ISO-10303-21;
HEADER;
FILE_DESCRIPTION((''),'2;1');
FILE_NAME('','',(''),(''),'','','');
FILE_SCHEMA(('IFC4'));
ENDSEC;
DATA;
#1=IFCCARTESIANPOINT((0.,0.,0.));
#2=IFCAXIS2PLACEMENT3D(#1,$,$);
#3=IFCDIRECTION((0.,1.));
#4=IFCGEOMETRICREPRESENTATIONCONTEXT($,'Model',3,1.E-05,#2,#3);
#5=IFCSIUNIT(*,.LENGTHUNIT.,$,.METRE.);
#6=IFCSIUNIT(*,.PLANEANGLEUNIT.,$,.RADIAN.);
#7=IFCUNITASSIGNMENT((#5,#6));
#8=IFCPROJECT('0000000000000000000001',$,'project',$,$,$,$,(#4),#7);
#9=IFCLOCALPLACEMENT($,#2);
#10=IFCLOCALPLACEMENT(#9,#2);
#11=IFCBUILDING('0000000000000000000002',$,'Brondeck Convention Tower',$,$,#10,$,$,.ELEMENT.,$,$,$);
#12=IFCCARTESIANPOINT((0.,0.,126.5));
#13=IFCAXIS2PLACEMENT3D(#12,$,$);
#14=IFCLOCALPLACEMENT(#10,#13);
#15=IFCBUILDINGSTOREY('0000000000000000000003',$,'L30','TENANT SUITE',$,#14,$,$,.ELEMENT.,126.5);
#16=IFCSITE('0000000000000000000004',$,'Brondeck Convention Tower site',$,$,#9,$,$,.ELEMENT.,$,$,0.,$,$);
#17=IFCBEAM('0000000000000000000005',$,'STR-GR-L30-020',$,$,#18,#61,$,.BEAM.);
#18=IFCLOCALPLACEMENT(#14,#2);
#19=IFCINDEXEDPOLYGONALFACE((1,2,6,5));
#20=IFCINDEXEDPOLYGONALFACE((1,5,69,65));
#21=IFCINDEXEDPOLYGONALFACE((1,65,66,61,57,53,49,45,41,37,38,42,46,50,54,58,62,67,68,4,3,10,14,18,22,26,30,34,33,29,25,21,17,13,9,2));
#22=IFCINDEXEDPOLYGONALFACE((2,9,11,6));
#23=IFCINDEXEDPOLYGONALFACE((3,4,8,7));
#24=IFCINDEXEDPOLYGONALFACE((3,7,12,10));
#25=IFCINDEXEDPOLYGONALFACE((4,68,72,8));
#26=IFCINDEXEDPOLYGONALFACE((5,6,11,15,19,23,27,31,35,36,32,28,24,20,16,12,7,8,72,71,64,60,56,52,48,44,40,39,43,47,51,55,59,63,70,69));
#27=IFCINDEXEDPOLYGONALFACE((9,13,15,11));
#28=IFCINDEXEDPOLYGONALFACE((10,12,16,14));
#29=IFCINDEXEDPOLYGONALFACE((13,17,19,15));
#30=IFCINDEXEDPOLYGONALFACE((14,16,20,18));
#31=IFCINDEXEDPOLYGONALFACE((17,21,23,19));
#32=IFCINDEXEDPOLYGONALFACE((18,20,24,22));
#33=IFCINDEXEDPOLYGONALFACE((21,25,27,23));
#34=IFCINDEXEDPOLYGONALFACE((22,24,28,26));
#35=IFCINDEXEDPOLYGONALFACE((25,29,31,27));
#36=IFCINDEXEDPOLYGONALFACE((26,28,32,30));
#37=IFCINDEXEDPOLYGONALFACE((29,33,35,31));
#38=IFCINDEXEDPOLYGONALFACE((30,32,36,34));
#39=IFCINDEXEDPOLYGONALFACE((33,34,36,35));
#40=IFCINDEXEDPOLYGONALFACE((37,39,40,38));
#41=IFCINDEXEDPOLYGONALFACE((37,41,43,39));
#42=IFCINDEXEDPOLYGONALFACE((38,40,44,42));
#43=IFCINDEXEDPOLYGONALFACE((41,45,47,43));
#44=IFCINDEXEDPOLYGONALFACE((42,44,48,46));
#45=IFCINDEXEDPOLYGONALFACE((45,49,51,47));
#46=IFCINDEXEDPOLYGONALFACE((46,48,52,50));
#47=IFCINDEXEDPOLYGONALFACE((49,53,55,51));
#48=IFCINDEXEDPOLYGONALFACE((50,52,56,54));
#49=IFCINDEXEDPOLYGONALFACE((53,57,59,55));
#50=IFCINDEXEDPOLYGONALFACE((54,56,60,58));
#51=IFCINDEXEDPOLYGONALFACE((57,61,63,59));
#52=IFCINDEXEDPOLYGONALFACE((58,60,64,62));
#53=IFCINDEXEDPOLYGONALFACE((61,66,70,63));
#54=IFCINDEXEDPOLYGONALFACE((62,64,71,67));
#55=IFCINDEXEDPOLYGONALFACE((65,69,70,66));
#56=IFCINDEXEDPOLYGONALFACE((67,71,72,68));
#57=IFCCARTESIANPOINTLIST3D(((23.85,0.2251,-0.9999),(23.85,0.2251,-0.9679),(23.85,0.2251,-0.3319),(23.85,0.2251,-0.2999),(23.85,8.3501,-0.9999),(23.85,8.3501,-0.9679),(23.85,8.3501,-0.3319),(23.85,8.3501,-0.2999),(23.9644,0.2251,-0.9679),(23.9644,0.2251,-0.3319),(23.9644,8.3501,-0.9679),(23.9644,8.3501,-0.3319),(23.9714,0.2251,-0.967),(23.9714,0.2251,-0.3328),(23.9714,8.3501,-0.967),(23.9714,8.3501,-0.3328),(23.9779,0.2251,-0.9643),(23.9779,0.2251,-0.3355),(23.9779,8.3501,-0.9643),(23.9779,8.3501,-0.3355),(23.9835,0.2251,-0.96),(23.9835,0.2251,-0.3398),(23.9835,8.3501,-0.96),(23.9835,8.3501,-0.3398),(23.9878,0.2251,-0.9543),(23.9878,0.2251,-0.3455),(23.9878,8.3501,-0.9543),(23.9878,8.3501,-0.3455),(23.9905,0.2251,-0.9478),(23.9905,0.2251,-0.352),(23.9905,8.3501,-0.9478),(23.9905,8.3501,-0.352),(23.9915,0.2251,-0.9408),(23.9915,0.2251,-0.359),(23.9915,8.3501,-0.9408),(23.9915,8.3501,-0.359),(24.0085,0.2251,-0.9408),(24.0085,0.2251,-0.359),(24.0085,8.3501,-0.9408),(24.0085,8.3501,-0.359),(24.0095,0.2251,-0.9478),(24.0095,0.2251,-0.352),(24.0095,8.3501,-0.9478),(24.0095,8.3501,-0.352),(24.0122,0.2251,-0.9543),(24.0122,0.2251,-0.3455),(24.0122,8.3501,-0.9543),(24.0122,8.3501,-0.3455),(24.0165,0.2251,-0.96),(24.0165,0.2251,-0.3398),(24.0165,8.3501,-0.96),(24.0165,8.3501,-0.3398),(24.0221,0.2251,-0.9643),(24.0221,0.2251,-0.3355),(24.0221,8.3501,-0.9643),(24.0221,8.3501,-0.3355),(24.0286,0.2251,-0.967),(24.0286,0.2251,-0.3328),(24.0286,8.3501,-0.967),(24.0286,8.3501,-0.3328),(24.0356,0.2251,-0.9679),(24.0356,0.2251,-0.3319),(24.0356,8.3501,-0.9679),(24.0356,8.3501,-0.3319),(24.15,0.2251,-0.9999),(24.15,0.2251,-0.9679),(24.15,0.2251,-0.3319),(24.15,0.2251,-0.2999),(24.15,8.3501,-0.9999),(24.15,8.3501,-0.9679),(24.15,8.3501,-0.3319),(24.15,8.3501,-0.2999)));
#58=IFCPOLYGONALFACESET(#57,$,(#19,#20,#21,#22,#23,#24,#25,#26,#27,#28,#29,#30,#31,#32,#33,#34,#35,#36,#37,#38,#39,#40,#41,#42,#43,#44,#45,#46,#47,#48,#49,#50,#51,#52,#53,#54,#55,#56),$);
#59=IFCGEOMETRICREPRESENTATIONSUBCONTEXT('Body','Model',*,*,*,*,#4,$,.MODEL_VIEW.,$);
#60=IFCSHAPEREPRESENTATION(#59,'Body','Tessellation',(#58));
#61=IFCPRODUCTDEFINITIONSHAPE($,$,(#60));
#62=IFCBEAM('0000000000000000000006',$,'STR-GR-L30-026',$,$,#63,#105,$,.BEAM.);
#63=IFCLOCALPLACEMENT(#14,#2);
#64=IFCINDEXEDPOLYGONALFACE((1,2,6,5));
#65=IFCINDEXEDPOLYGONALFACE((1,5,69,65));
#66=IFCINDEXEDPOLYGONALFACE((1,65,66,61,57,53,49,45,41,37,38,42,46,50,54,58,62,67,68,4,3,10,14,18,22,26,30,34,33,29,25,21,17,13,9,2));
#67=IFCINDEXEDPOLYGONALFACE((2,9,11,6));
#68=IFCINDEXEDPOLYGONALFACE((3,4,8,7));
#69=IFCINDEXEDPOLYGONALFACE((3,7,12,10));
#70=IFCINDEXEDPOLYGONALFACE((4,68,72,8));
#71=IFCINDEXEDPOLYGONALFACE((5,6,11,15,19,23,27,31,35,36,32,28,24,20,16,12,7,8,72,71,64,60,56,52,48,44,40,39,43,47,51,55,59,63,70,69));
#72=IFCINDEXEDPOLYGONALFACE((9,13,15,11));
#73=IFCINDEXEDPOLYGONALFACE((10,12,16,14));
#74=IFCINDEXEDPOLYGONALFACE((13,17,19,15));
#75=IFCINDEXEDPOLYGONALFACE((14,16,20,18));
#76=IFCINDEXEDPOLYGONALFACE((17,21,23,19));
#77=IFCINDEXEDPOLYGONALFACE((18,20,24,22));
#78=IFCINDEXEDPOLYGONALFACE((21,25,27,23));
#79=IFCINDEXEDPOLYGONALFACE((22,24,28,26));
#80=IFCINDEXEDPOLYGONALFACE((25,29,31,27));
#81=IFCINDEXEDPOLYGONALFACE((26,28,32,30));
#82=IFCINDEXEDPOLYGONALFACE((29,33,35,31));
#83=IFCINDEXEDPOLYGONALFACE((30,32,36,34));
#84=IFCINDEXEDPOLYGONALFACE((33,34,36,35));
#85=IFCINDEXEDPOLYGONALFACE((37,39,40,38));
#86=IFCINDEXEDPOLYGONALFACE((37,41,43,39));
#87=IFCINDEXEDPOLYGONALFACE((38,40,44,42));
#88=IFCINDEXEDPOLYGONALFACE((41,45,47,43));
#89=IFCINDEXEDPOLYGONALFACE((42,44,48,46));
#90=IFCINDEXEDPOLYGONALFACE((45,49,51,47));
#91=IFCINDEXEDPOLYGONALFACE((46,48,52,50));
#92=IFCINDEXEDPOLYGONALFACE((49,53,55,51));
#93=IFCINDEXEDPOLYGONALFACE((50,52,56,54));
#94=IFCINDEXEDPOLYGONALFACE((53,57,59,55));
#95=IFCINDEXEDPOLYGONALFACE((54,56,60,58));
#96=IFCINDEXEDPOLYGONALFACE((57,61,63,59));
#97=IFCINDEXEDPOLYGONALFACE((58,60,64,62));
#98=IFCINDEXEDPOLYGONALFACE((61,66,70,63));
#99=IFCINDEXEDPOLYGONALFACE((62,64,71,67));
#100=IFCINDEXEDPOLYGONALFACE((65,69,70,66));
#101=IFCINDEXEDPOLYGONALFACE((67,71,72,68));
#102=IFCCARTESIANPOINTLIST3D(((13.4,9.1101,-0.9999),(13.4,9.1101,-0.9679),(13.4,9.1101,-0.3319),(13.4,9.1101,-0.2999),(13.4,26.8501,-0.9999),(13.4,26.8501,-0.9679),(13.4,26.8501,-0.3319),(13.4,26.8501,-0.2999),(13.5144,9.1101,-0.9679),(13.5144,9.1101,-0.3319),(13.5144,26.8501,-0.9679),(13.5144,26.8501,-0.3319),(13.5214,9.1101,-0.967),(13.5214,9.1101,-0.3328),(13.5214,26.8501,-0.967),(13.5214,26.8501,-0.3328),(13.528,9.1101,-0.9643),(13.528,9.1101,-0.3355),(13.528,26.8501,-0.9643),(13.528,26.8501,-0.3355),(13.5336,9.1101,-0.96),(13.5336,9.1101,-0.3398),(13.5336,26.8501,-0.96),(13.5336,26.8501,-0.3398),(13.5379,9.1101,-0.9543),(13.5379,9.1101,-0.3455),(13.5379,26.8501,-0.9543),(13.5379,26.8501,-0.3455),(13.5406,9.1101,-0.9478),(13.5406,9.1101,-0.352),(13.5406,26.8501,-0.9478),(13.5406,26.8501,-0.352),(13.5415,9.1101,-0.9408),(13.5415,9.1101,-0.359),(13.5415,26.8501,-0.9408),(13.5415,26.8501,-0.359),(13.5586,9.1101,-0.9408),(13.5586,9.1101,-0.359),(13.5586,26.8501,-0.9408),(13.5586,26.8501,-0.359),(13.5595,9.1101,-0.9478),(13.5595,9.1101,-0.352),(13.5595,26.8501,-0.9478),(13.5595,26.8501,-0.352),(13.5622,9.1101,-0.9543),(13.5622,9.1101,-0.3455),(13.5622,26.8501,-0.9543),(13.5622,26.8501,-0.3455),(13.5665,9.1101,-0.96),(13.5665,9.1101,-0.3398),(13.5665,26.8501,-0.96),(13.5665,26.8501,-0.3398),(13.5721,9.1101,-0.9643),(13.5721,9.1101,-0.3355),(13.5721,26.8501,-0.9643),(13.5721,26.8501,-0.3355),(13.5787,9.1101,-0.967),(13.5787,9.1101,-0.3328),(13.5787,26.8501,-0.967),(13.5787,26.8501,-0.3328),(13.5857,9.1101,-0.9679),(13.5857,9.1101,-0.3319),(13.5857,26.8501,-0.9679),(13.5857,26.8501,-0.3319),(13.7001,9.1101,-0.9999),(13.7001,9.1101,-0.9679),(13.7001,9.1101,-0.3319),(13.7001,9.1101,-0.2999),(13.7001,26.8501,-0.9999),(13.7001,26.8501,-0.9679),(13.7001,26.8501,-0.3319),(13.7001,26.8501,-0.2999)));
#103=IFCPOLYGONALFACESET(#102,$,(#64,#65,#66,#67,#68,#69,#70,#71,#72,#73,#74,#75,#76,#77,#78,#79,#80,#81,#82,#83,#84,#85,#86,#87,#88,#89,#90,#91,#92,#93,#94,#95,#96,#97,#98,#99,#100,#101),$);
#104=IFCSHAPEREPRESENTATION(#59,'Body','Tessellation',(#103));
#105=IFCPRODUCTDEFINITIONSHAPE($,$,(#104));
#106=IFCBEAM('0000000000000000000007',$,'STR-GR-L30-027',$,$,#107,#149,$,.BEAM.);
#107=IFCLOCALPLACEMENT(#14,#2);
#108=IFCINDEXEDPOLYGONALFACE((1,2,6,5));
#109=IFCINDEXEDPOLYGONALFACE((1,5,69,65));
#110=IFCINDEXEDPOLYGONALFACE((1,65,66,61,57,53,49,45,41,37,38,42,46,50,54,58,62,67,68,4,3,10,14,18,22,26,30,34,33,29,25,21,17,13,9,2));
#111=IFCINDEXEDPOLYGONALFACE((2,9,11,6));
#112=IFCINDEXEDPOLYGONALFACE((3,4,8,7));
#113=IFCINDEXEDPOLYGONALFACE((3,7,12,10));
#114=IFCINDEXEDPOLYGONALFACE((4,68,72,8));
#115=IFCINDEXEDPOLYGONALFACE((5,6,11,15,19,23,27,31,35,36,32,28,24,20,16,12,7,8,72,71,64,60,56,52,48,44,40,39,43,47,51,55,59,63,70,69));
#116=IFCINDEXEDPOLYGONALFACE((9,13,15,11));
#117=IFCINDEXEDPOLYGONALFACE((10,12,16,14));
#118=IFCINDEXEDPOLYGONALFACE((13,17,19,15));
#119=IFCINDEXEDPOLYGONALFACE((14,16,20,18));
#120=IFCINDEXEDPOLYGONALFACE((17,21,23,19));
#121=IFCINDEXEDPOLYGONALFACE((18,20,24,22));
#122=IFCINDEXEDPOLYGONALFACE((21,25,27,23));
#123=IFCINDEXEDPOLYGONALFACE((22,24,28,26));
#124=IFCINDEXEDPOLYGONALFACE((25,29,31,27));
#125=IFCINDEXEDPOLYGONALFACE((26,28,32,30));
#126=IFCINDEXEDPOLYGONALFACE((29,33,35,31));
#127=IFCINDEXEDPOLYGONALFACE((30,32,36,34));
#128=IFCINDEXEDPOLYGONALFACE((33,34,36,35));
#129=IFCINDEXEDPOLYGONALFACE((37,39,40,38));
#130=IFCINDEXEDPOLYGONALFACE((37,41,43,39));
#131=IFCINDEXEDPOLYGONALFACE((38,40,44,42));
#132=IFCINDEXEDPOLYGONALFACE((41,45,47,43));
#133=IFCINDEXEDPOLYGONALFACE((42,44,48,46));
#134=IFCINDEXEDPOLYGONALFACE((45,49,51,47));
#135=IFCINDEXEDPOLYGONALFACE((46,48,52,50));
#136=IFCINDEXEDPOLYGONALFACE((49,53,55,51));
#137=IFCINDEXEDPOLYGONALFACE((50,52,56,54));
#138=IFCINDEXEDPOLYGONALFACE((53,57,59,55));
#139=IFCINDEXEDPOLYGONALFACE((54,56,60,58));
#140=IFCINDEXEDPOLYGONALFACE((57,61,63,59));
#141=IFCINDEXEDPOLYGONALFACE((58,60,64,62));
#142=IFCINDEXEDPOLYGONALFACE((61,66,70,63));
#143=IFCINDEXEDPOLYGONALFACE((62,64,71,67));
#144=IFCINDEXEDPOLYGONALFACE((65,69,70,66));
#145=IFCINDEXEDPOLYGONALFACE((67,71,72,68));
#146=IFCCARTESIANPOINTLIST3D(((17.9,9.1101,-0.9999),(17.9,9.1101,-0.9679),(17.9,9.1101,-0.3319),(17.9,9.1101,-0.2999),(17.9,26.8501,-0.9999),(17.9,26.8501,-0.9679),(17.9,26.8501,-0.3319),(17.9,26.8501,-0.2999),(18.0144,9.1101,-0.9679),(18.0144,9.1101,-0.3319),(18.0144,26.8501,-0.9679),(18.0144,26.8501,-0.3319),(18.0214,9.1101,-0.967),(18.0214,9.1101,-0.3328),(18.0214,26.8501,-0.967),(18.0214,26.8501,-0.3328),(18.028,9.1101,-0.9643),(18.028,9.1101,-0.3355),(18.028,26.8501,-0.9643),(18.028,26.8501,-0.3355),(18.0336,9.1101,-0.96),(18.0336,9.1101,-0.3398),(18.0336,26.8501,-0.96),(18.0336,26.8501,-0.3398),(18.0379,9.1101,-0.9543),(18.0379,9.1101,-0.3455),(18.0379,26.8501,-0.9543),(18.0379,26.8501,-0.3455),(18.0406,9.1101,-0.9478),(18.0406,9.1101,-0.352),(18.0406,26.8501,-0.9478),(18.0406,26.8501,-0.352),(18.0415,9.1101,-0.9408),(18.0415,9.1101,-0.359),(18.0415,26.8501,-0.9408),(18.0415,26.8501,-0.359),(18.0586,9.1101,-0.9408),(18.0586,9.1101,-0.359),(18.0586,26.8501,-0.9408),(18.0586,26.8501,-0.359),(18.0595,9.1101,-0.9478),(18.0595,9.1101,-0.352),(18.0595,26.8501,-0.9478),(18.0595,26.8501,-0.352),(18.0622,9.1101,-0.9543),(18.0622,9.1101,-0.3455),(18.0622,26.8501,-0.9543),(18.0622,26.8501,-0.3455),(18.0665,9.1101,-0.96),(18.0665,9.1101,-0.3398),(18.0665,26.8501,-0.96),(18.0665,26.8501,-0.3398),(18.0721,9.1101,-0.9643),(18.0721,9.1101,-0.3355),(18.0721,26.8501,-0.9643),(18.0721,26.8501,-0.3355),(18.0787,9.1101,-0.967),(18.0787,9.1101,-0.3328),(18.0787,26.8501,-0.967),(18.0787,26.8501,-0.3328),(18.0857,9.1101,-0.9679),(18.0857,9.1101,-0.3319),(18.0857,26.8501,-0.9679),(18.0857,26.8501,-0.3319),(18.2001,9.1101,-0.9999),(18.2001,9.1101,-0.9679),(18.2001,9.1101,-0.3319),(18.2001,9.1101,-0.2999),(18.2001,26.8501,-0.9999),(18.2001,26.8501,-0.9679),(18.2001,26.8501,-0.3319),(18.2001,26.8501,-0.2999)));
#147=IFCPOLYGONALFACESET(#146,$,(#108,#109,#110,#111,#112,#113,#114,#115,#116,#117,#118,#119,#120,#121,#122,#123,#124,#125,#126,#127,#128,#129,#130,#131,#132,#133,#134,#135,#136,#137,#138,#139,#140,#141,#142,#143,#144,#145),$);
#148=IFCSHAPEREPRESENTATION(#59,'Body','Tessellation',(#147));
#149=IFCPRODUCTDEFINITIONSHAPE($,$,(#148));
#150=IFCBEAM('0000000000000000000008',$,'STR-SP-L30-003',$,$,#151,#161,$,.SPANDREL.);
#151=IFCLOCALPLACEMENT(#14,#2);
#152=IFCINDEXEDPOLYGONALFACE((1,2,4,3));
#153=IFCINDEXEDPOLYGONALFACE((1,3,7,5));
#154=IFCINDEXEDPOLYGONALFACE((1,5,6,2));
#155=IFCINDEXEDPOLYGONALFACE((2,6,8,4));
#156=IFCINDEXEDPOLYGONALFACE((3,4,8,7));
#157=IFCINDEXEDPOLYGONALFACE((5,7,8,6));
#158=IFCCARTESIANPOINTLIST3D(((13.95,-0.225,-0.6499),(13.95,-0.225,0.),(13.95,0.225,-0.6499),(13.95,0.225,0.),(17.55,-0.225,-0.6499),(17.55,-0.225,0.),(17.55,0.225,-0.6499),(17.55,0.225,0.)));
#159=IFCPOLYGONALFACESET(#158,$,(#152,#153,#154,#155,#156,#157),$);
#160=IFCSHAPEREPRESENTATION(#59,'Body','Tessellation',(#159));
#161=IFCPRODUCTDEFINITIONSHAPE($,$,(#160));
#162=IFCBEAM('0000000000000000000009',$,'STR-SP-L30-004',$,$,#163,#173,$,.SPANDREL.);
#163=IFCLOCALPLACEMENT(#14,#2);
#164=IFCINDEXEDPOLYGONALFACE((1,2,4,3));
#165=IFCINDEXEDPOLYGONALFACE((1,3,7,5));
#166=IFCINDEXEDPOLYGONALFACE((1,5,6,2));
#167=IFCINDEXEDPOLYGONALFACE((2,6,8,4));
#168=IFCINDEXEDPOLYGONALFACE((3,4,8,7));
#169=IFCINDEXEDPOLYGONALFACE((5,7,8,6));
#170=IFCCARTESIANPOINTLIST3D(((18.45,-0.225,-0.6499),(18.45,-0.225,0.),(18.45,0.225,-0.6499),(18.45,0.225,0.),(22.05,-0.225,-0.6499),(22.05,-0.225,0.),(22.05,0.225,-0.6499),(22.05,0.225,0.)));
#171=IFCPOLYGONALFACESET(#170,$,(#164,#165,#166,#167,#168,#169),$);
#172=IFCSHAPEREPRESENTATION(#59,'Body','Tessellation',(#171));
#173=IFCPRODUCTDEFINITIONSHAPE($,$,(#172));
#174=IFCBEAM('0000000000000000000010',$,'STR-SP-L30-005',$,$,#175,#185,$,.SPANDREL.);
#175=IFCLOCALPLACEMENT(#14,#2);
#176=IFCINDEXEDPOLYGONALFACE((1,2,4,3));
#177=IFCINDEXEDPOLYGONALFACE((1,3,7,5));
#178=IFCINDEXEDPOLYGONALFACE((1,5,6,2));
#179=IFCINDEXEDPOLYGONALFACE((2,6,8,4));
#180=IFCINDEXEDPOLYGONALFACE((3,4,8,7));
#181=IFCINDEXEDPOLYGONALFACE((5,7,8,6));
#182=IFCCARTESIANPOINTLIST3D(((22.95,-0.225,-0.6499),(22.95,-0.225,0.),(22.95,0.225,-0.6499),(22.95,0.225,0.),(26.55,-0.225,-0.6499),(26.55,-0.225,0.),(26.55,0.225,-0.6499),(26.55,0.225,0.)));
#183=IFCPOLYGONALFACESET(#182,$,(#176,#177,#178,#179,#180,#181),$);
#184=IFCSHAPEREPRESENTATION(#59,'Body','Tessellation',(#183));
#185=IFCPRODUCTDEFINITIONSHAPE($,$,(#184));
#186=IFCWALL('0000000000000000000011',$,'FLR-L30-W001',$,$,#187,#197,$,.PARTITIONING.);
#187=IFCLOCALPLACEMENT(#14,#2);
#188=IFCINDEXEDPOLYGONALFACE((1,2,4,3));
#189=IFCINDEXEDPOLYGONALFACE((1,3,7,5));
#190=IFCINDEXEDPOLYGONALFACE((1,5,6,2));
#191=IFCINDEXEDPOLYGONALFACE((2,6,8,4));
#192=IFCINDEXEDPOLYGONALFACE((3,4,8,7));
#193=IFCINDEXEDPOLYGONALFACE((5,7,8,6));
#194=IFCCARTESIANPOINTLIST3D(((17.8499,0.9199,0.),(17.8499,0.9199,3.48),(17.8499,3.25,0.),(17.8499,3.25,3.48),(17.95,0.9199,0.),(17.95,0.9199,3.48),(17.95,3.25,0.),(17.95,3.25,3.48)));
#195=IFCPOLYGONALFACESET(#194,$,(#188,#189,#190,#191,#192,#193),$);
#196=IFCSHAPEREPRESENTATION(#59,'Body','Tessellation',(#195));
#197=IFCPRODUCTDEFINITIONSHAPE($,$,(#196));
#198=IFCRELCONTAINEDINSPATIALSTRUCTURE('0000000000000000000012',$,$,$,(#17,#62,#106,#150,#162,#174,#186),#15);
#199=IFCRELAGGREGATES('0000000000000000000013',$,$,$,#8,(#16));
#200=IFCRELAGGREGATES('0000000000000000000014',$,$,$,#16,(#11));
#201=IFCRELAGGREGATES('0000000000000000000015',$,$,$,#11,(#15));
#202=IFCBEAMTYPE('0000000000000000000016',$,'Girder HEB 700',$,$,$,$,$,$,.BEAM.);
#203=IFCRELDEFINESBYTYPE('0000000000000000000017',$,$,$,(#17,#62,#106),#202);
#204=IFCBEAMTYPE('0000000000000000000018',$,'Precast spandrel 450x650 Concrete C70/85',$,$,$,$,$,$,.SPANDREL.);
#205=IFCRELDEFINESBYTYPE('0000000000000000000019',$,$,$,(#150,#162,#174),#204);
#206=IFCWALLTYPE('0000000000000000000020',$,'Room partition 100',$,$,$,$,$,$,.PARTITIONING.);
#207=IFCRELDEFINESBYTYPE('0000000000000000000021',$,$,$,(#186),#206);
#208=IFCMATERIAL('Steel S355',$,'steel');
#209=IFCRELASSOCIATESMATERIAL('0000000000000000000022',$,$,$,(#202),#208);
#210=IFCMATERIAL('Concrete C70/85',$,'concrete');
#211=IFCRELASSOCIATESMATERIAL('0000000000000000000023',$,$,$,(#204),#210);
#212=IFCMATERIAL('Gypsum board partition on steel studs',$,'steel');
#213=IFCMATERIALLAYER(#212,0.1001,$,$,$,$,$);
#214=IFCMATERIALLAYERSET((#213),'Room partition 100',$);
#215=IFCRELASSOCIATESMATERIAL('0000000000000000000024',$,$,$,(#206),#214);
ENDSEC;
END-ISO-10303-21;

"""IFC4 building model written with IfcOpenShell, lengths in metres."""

from ifc_helpers import new_model, si_unit, direction, frame, frame_2d, origin, origin_2d, place, context, subcontext, project, spatial, rectangle, i_section, extrude, material, layer, layer_set, material_profile, profile_set, type_object, element, save


model = new_model("IFC4")

# Units and contexts
model_context = context("Model", 3, precision=1e-05, world=origin(), true_north=direction((0.0, 1.0)))
body_context = subcontext(model_context, "Body", "Model", "MODEL_VIEW")
ifc_project = project(units=[si_unit("LENGTHUNIT", "METRE"), si_unit("PLANEANGLEUNIT", "RADIAN")], contexts=[model_context])

# Site, building, storey
site_placement = place(None, origin())
site = spatial("IfcSite", under=ifc_project, at=site_placement, Name="Brondeck Convention Tower site", CompositionType="ELEMENT", RefElevation=0.0)
building_placement = place(site_placement, origin())
building = spatial("IfcBuilding", under=site, at=building_placement, Name="Brondeck Convention Tower", CompositionType="ELEMENT")
storey_placement = place(building_placement, frame((0.0, 0.0, 126.5)))
storey = spatial("IfcBuildingStorey", under=building, at=storey_placement, Name="L30", Description="TENANT SUITE", CompositionType="ELEMENT", Elevation=126.5)

# Shared definitions
ifc_material_1 = material(Name="Concrete C70/85", Category="concrete")

# Beams
ifc_material_2 = material(Name="Steel S355", Category="steel")
ifc_material_profile_1 = material_profile(ifc_material_2, i_section(OverallWidth=0.3, OverallDepth=0.7, WebThickness=0.0171, FlangeThickness=0.032, FilletRadius=0.0271, at=origin_2d()), Name="HEB 700")
ifc_profile_set_1 = profile_set([ifc_material_profile_1], Name="Steel S355")
beam_type_1 = type_object("IfcBeamType", Name="Girder HEB 700", PredefinedType="BEAM", material=ifc_profile_set_1)
for number, where, z_axis, x_axis, name in (
    (1, (24.0, 8.3501, -0.6499), (0.0, -1.0, 0.0), (1.0, 0.0, 0.0), "STR-GR-L30-020"),
):
    element("IfcBeam", number, at=place(storey_placement, frame(where, z_axis=z_axis, x_axis=x_axis)), inside=storey, type_object=beam_type_1, Name=name, PredefinedType="BEAM", context=body_context, shape_type="SweptSolid", body=[
        extrude(i_section(OverallWidth=0.3, OverallDepth=0.7, WebThickness=0.0171, FlangeThickness=0.032, FilletRadius=0.0271, at=origin_2d()), origin(), (0.0, 0.0, 1.0), 8.125),
    ])
for number, where, z_axis, x_axis, name in (
    (2, (13.55, 9.1101, -0.6499), (0.0, 1.0, 0.0), (-1.0, 0.0, 0.0), "STR-GR-L30-026"),
    (3, (18.05, 9.1101, -0.6499), (0.0, 1.0, 0.0), (-1.0, 0.0, 0.0), "STR-GR-L30-027"),
):
    element("IfcBeam", number, at=place(storey_placement, frame(where, z_axis=z_axis, x_axis=x_axis)), inside=storey, type_object=beam_type_1, Name=name, PredefinedType="BEAM", context=body_context, shape_type="SweptSolid", body=[
        extrude(i_section(OverallWidth=0.3, OverallDepth=0.7, WebThickness=0.0171, FlangeThickness=0.032, FilletRadius=0.0271, at=origin_2d()), origin(), (0.0, 0.0, 1.0), 17.74),
    ])
ifc_material_profile_2 = material_profile(ifc_material_1, rectangle(XDim=0.45, YDim=0.6499, at=origin_2d()), Name="Precast spandrel 450x650 Concrete C70/85")
ifc_profile_set_2 = profile_set([ifc_material_profile_2], Name="Concrete C70/85")
beam_type_2 = type_object("IfcBeamType", Name="Precast spandrel 450x650 Concrete C70/85", PredefinedType="SPANDREL", material=ifc_profile_set_2)
for number, where, z_axis, x_axis, name in (
    (4, (13.95, 0.0, -0.325), (1.0, 0.0, 0.0), (0.0, 1.0, 0.0), "STR-SP-L30-003"),
    (5, (18.45, 0.0, -0.325), (1.0, 0.0, 0.0), (0.0, 1.0, 0.0), "STR-SP-L30-004"),
    (6, (22.95, 0.0, -0.325), (1.0, 0.0, 0.0), (0.0, 1.0, 0.0), "STR-SP-L30-005"),
):
    element("IfcBeam", number, at=place(storey_placement, frame(where, z_axis=z_axis, x_axis=x_axis)), inside=storey, type_object=beam_type_2, Name=name, PredefinedType="SPANDREL", context=body_context, shape_type="SweptSolid", body=[
        extrude(rectangle(XDim=0.45, YDim=0.6499, at=origin_2d()), origin(), (0.0, 0.0, 1.0), 3.6001),
    ])

# Wall
ifc_material_3 = material(Name="Gypsum board partition on steel studs", Category="steel")
ifc_layer_1 = layer(ifc_material_3, 0.1001)
ifc_layer_set_1 = layer_set([ifc_layer_1], Name="Room partition 100")
wall_type_1 = type_object("IfcWallType", Name="Room partition 100", PredefinedType="PARTITIONING", material=ifc_layer_set_1)
wall_1_placement = place(storey_placement, frame((17.8999, 0.9199, 0.0), z_axis=(0.0, 0.0, 1.0), x_axis=(0.0, 1.0, 0.0)))
element("IfcWall", 7, at=wall_1_placement, inside=storey, type_object=wall_type_1, Name="FLR-L30-W001", PredefinedType="PARTITIONING", context=body_context, shape_type="SweptSolid", body=[
    extrude(rectangle(XDim=2.3301, YDim=0.1001, at=frame_2d((1.165, 0.0))), origin(), (0.0, 0.0, 1.0), 3.48),
])

save(model, "model.ifc")
